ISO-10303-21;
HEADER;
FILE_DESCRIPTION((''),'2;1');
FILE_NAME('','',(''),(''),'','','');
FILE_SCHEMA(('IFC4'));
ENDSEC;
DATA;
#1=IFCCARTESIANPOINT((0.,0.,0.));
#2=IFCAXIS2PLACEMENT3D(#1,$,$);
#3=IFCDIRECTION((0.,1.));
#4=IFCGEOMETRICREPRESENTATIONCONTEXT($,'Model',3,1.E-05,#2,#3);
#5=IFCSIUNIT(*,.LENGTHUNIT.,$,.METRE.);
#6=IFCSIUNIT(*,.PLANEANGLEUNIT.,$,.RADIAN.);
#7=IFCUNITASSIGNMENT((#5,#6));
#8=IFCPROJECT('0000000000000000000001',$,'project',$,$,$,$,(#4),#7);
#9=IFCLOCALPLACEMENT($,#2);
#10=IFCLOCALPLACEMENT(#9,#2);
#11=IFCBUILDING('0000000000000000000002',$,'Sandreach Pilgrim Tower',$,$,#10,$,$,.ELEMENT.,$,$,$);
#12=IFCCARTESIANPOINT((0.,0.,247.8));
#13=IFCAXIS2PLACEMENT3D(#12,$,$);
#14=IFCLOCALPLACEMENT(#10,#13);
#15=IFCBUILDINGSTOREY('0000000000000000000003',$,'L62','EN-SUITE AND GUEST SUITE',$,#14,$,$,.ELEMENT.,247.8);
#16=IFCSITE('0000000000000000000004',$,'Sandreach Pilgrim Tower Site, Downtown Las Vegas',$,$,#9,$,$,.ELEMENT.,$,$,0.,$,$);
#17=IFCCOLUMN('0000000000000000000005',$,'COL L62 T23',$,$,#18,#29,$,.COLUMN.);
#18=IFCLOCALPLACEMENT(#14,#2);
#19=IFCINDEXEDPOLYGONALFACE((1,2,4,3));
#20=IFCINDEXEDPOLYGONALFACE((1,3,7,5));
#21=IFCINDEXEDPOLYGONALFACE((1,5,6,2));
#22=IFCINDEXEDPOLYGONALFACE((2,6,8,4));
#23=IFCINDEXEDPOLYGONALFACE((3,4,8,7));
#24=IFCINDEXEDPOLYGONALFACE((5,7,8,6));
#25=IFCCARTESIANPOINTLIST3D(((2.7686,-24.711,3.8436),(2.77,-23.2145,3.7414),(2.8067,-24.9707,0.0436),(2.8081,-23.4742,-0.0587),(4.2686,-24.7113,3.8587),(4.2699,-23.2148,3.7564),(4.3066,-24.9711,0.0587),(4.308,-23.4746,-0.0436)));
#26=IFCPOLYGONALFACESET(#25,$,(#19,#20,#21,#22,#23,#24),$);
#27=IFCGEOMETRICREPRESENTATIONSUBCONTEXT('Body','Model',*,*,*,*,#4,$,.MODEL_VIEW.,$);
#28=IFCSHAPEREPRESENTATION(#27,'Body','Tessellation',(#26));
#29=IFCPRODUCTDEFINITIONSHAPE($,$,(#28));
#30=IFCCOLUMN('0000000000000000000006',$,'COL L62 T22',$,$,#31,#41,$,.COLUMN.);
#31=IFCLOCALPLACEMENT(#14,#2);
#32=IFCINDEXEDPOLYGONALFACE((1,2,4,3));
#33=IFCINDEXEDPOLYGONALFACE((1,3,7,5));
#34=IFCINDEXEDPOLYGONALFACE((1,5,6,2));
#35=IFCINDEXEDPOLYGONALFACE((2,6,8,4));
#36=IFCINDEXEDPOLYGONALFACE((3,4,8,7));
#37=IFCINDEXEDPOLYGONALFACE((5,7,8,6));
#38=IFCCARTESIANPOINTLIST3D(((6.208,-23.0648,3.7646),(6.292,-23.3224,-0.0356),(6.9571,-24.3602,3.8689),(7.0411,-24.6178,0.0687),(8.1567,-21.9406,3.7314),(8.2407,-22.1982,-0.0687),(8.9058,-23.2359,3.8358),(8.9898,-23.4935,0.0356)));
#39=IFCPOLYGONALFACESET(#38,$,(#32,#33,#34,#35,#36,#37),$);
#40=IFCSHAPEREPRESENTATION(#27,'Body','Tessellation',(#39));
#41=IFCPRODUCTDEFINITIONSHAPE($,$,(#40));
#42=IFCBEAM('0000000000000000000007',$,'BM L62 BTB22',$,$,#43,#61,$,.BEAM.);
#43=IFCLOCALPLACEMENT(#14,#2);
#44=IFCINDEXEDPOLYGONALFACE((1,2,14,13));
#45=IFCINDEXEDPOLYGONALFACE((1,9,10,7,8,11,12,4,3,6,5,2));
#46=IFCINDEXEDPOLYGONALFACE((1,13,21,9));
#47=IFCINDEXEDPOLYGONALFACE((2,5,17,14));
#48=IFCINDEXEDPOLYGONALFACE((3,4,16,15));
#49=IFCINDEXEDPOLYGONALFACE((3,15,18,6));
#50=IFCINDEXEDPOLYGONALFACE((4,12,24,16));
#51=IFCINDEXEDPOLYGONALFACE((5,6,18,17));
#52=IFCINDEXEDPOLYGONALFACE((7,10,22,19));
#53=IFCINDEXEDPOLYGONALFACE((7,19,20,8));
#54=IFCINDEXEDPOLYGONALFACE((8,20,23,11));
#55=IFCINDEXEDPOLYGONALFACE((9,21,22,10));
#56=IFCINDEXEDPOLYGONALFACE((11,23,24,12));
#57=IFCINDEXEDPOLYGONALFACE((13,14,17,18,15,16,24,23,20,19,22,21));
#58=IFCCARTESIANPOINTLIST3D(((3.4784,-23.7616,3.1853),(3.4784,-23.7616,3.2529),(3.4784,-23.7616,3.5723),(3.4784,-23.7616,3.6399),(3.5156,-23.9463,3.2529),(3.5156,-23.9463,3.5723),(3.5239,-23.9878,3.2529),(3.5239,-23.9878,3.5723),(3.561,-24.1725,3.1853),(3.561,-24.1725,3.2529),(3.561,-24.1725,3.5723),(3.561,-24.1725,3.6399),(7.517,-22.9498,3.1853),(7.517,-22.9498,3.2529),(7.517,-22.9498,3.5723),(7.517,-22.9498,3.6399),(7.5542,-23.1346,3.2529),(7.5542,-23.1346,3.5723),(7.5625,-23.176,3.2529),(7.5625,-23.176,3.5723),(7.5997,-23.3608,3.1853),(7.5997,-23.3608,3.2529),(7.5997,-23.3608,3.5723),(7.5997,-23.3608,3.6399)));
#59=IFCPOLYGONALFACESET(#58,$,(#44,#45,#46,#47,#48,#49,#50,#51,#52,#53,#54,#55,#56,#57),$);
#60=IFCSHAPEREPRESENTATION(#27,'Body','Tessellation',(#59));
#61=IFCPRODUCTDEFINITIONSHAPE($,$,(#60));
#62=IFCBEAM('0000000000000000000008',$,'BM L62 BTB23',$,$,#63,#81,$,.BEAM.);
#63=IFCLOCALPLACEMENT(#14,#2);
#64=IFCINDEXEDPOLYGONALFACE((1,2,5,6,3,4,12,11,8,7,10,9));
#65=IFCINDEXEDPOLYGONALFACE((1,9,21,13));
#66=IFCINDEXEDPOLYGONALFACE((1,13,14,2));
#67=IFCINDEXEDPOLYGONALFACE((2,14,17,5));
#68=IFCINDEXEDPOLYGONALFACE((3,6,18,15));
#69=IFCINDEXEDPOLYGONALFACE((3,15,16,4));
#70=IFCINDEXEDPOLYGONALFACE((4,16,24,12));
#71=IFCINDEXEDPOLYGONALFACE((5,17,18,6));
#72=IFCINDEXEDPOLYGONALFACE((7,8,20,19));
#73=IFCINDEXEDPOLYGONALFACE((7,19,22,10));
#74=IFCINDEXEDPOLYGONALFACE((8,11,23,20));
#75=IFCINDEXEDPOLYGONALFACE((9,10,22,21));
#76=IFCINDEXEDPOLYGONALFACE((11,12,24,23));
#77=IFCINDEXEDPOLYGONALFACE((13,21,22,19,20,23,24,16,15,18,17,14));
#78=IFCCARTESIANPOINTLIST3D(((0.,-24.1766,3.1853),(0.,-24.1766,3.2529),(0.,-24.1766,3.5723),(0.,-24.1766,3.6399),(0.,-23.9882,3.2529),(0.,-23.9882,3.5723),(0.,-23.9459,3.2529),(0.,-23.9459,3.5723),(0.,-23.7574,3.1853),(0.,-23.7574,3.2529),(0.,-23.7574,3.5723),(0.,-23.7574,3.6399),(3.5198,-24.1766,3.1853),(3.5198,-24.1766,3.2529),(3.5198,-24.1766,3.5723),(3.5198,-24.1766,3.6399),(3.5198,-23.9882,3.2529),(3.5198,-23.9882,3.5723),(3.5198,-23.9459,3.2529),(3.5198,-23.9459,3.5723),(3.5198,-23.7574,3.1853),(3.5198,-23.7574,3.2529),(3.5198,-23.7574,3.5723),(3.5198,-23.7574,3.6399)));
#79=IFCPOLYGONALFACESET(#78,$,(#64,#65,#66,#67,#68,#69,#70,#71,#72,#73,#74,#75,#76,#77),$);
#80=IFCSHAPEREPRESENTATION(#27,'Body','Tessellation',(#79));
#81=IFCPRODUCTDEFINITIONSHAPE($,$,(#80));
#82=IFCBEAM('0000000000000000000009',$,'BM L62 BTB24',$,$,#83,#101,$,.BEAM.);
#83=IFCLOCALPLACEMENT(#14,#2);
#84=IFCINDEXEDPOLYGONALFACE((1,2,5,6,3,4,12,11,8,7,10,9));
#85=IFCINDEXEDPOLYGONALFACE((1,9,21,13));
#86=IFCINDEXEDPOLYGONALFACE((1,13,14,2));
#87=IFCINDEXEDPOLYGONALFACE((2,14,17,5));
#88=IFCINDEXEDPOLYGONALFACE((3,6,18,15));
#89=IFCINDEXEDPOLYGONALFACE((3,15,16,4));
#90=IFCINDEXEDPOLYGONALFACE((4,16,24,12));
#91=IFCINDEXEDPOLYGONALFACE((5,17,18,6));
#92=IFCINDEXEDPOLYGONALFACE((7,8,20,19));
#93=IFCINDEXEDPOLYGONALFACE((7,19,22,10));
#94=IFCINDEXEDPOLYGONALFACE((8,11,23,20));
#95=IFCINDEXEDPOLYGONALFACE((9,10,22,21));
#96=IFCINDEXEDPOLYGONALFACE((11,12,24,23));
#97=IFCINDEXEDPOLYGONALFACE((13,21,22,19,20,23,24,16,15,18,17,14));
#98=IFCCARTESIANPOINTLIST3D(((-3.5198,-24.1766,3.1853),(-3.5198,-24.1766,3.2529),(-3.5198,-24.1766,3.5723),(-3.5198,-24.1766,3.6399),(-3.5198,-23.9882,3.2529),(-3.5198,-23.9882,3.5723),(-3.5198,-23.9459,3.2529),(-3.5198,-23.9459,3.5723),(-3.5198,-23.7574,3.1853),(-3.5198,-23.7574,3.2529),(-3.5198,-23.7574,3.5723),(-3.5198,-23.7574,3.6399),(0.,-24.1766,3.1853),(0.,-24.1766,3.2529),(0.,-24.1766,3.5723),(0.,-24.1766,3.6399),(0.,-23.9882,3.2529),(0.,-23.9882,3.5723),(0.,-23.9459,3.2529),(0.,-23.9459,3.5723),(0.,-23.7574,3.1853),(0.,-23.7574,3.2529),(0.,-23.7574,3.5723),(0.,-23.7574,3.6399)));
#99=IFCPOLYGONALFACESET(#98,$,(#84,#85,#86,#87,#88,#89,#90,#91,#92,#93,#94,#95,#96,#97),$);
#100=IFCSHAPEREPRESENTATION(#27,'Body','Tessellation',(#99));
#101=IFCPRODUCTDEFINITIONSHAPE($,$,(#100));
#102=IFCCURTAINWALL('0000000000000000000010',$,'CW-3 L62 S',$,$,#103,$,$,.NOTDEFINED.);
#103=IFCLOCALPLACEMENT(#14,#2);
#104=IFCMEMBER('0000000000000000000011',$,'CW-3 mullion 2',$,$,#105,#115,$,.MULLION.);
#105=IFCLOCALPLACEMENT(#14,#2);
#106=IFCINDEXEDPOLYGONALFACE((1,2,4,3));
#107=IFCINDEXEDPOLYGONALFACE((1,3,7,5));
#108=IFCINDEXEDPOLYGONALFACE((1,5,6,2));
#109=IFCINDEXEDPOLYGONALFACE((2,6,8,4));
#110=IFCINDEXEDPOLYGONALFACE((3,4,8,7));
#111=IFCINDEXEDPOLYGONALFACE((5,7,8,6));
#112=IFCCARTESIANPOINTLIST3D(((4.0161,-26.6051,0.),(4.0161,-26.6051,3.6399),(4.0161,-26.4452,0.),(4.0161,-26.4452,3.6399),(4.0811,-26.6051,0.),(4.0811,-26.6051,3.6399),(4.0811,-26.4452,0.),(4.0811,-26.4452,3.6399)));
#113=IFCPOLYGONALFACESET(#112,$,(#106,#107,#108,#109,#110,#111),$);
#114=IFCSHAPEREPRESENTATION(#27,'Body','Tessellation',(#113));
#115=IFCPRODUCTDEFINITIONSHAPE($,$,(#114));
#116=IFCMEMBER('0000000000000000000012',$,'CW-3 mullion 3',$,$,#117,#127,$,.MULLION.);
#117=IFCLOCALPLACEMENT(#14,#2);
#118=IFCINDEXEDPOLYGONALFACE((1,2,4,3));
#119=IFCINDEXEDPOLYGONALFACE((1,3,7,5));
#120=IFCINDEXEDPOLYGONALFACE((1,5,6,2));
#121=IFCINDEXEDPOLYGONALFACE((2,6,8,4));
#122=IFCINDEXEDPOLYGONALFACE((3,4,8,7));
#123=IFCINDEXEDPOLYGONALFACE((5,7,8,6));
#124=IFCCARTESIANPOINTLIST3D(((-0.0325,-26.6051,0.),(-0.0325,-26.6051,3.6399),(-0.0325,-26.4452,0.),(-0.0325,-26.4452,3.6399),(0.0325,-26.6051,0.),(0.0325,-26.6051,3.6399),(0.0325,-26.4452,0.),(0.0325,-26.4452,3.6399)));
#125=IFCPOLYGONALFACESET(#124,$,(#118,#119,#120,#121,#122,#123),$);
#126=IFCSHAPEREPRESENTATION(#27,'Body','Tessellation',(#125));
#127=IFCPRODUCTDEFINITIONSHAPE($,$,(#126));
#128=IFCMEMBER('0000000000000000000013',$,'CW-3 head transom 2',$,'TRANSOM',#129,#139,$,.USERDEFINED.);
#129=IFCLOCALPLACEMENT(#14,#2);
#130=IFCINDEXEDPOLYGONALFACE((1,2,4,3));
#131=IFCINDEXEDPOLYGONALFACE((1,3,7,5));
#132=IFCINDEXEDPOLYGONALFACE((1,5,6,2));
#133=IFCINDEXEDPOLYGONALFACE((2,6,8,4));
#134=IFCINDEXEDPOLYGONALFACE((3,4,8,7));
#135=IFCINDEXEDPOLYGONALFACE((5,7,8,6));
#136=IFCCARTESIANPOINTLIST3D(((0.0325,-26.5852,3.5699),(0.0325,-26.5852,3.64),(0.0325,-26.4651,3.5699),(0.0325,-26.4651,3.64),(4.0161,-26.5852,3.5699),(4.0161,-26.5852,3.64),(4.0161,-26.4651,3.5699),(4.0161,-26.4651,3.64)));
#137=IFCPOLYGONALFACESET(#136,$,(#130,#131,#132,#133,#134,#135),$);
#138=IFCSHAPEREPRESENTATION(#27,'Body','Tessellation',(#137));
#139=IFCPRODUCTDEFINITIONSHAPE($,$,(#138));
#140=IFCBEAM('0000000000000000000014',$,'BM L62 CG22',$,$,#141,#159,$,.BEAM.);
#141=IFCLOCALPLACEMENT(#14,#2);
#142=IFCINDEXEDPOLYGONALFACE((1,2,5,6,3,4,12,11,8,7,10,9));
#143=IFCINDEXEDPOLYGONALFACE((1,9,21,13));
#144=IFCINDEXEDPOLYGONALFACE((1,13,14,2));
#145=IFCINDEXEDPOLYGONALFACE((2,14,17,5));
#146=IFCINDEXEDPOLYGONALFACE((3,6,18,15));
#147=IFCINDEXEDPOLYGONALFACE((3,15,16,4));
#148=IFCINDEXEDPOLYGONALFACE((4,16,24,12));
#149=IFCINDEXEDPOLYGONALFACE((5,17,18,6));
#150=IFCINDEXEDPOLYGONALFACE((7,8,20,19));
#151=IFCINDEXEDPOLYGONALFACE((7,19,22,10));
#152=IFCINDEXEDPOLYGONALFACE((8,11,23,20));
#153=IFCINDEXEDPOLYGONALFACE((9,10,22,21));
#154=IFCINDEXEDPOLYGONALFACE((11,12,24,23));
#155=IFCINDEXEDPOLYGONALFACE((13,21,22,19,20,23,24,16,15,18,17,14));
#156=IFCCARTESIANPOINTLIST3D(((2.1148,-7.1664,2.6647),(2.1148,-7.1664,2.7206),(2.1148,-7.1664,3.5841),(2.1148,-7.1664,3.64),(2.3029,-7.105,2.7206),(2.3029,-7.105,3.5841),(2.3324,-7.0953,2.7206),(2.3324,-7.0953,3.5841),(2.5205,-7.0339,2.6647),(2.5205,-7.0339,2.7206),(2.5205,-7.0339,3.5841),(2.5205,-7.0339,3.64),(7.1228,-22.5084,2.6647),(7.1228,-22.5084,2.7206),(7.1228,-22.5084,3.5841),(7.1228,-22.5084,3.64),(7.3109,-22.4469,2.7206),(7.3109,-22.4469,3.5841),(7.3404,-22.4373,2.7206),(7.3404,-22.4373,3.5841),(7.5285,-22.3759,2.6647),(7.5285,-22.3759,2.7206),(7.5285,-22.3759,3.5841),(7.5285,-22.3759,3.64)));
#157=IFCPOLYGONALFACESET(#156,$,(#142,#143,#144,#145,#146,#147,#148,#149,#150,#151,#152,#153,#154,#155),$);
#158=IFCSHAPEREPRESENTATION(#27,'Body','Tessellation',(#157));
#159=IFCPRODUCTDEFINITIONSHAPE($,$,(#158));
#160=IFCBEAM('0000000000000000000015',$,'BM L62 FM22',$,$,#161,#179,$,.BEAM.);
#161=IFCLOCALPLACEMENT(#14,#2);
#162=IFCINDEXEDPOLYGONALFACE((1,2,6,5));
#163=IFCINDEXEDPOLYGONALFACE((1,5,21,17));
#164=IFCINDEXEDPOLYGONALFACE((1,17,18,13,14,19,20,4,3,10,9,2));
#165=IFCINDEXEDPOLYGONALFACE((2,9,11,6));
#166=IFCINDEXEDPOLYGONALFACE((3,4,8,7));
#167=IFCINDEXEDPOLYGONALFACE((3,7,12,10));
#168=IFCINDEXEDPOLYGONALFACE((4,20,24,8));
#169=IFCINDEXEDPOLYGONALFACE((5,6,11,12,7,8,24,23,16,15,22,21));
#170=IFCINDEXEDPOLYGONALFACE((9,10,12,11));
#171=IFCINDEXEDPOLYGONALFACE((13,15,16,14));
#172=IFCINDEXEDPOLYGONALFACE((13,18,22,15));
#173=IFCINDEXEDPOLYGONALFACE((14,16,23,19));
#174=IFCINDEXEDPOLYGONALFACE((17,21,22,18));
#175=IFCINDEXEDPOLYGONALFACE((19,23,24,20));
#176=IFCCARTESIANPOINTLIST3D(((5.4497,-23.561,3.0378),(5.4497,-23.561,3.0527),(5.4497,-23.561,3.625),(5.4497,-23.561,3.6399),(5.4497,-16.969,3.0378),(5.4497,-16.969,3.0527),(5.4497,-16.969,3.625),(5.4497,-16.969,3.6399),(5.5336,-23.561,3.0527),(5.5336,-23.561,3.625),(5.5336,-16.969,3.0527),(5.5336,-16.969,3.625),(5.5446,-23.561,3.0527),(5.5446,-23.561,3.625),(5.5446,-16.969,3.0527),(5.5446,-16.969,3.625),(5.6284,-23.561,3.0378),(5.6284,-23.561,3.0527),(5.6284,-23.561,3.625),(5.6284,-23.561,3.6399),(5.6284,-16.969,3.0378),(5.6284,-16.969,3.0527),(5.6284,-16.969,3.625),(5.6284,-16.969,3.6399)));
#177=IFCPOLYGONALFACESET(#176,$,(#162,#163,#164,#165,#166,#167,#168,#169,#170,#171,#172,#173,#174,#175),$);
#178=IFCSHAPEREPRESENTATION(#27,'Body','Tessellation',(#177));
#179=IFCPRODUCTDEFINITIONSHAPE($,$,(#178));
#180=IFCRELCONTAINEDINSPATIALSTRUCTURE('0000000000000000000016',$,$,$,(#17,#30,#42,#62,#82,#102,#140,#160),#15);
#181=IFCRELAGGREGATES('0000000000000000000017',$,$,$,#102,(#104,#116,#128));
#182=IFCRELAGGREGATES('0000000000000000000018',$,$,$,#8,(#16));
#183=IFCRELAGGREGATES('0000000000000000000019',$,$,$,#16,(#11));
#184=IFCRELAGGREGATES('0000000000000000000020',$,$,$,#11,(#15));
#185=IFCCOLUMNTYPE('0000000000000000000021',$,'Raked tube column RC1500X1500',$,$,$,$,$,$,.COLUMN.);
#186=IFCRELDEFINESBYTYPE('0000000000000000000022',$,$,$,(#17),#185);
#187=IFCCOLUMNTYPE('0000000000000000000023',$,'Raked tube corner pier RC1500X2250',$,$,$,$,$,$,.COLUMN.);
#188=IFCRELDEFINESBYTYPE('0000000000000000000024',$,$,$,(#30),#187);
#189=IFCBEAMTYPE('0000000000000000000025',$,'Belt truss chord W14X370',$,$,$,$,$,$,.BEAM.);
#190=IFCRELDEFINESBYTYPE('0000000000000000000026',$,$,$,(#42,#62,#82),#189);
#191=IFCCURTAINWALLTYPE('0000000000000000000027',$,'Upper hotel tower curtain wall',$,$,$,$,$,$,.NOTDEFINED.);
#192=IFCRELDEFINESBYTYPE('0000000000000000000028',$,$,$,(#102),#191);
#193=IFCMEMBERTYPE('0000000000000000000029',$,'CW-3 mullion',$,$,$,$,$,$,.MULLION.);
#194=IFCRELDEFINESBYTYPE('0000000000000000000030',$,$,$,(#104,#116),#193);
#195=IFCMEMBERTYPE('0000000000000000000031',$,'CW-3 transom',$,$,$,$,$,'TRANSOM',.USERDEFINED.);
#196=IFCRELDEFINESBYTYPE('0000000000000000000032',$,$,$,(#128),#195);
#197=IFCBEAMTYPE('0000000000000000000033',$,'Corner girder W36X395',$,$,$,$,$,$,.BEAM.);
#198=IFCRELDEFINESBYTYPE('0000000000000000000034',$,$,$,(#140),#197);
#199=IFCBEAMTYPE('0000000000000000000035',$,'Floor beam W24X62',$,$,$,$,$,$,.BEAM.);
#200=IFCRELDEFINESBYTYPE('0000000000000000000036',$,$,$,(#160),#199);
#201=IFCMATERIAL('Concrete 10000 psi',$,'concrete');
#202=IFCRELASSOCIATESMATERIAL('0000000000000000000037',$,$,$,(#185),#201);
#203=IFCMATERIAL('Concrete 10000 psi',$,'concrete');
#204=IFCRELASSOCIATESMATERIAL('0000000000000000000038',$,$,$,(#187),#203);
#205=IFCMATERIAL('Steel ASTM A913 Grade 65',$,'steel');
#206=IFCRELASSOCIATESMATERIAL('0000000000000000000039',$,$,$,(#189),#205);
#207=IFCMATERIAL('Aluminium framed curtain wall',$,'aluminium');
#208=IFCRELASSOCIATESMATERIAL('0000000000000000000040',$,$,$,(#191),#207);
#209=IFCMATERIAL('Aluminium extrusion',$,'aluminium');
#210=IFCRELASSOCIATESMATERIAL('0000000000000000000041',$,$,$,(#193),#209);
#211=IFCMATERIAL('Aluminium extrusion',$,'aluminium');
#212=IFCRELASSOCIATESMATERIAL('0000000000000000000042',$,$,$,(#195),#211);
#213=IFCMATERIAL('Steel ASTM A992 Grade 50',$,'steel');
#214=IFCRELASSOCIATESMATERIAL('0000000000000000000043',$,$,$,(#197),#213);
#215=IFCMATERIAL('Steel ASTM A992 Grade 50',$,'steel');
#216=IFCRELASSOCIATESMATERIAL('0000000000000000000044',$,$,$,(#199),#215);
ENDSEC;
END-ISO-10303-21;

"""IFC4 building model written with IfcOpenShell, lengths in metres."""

from ifc_helpers import new_model, si_unit, direction, frame, origin, origin_2d, place, context, subcontext, project, spatial, rectangle, i_section, extrude, material, material_profile, profile_set, type_object, element, aggregate, save


model = new_model("IFC4")

# Units and contexts
model_context = context("Model", 3, precision=1e-05, world=origin(), true_north=direction((0.0, 1.0)))
body_context = subcontext(model_context, "Body", "Model", "MODEL_VIEW")
ifc_project = project(units=[si_unit("LENGTHUNIT", "METRE"), si_unit("PLANEANGLEUNIT", "RADIAN")], contexts=[model_context])

# Site, building, storey
site_placement = place(None, origin())
site = spatial("IfcSite", under=ifc_project, at=site_placement, Name="Sandreach Pilgrim Tower Site, Downtown Las Vegas", CompositionType="ELEMENT", RefElevation=0.0)
building_placement = place(site_placement, origin())
building = spatial("IfcBuilding", under=site, at=building_placement, Name="Sandreach Pilgrim Tower", CompositionType="ELEMENT")
storey_placement = place(building_placement, frame((0.0, 0.0, 247.8)))
storey = spatial("IfcBuildingStorey", under=building, at=storey_placement, Name="L62", Description="EN-SUITE AND GUEST SUITE", CompositionType="ELEMENT", Elevation=247.8)

# Columns
ifc_material_1 = material(Name="Concrete 10000 psi", Category="concrete")
ifc_material_profile_1 = material_profile(ifc_material_1, rectangle(XDim=1.5, YDim=1.5, at=origin_2d()), Name="RC1500X1500")
ifc_profile_set_1 = profile_set([ifc_material_profile_1], Name="Concrete 10000 psi")
column_type_1 = type_object("IfcColumnType", Name="Raked tube column RC1500X1500", PredefinedType="COLUMN", material=ifc_profile_set_1)
column_1_placement = place(storey_placement, frame((3.5574, -24.2227, 0.0), z_axis=(-0.009999, 0.068196, 0.997622), x_axis=(-0.000921, -0.997672, 0.06819)))
element("IfcColumn", 1, at=column_1_placement, inside=storey, type_object=column_type_1, Name="COL L62 T23", PredefinedType="COLUMN", context=body_context, shape_type="SweptSolid", body=[
    extrude(rectangle(XDim=1.5, YDim=1.5, at=origin_2d()), origin(), (0.0, 0.0, 1.0), 3.8091),
])
ifc_material_2 = material(Name="Concrete 10000 psi", Category="concrete")
ifc_material_profile_2 = material_profile(ifc_material_2, rectangle(XDim=1.5, YDim=2.25, at=origin_2d()), Name="RC1500X2250")
ifc_profile_set_2 = profile_set([ifc_material_profile_2], Name="Concrete 10000 psi")
column_type_2 = type_object("IfcColumnType", Name="Raked tube corner pier RC1500X2250", PredefinedType="COLUMN", material=ifc_profile_set_2)
column_2_placement = place(storey_placement, frame((7.6409, -23.408, 0.0), z_axis=(-0.022045, 0.067609, 0.997468), x_axis=(0.499393, -0.863578, 0.069571)))
element("IfcColumn", 2, at=column_2_placement, inside=storey, type_object=column_type_2, Name="COL L62 T22", PredefinedType="COLUMN", context=body_context, shape_type="SweptSolid", body=[
    extrude(rectangle(XDim=1.5, YDim=2.25, at=origin_2d()), origin(), (0.0, 0.0, 1.0), 3.8098),
])

# Beams
ifc_material_3 = material(Name="Steel ASTM A913 Grade 65", Category="steel")
ifc_material_profile_3 = material_profile(ifc_material_3, i_section(OverallWidth=0.4192, OverallDepth=0.4546, WebThickness=0.0422, FlangeThickness=0.0676, at=origin_2d()), Name="W14X370")
ifc_profile_set_3 = profile_set([ifc_material_profile_3], Name="Steel ASTM A913 Grade 65")
beam_type_1 = type_object("IfcBeamType", Name="Belt truss chord W14X370", PredefinedType="BEAM", material=ifc_profile_set_3)
beam_1_placement = place(storey_placement, frame((7.5583, -23.1553, 3.4126), z_axis=(-0.980391, -0.197062, 0.0), x_axis=(0.197062, -0.980391, 0.0)))
element("IfcBeam", 3, at=beam_1_placement, inside=storey, type_object=beam_type_1, Name="BM L62 BTB22", PredefinedType="BEAM", context=body_context, shape_type="SweptSolid", body=[
    extrude(i_section(OverallWidth=0.4192, OverallDepth=0.4546, WebThickness=0.0422, FlangeThickness=0.0676, at=origin_2d()), origin(), (0.0, 0.0, 1.0), 4.1194),
])
for number, where, z_axis, x_axis, name in (
    (4, (3.5198, -23.967, 3.4126), (-1.0, 0.0, 0.0), (0.0, -1.0, 0.0), "BM L62 BTB23"),
    (5, (0.0, -23.967, 3.4126), (-1.0, 0.0, 0.0), (0.0, -1.0, 0.0), "BM L62 BTB24"),
):
    element("IfcBeam", number, at=place(storey_placement, frame(where, z_axis=z_axis, x_axis=x_axis)), inside=storey, type_object=beam_type_1, Name=name, PredefinedType="BEAM", context=body_context, shape_type="SweptSolid", body=[
        extrude(i_section(OverallWidth=0.4192, OverallDepth=0.4546, WebThickness=0.0422, FlangeThickness=0.0676, at=origin_2d()), origin(), (0.0, 0.0, 1.0), 3.5198),
    ])

# Curtain wall, members
ifc_material_4 = material(Name="Aluminium framed curtain wall", Category="aluminium")
curtain_wall_type = type_object("IfcCurtainWallType", Name="Upper hotel tower curtain wall", PredefinedType="NOTDEFINED", material=ifc_material_4)
curtain_wall_placement = place(storey_placement, origin())
curtain_wall = element("IfcCurtainWall", 6, at=curtain_wall_placement, inside=storey, type_object=curtain_wall_type, Name="CW-3 L62 S", PredefinedType="NOTDEFINED")
ifc_material_5 = material(Name="Aluminium extrusion", Category="aluminium")
ifc_material_profile_4 = material_profile(ifc_material_5, rectangle(XDim=0.0649, YDim=0.1599, at=origin_2d()), Name="CW-3M 65X160")
ifc_profile_set_4 = profile_set([ifc_material_profile_4], Name="Aluminium extrusion")
member_type_1 = type_object("IfcMemberType", Name="CW-3 mullion", PredefinedType="MULLION", material=ifc_profile_set_4)
member_1_placement = place(storey_placement, frame((4.0486, -26.5251, 0.0), z_axis=(0.0, 0.0, 1.0), x_axis=(-1.0, 0.0, 0.0)))
member_1 = element("IfcMember", 7, at=member_1_placement, type_object=member_type_1, Name="CW-3 mullion 2", PredefinedType="MULLION", context=body_context, shape_type="SweptSolid", body=[
    extrude(rectangle(XDim=0.0649, YDim=0.1599, at=origin_2d()), origin(), (0.0, 0.0, 1.0), 3.6399),
])
member_2_placement = place(storey_placement, frame((0.0, -26.5251, 0.0), z_axis=(0.0, 0.0, 1.0), x_axis=(-1.0, 0.0, 0.0)))
member_2 = element("IfcMember", 8, at=member_2_placement, type_object=member_type_1, Name="CW-3 mullion 3", PredefinedType="MULLION", context=body_context, shape_type="SweptSolid", body=[
    extrude(rectangle(XDim=0.0649, YDim=0.1599, at=origin_2d()), origin(), (0.0, 0.0, 1.0), 3.6399),
])
ifc_material_6 = material(Name="Aluminium extrusion", Category="aluminium")
ifc_material_profile_5 = material_profile(ifc_material_6, rectangle(XDim=0.1201, YDim=0.0701, at=origin_2d()), Name="CW-3T 120X70")
ifc_profile_set_5 = profile_set([ifc_material_profile_5], Name="Aluminium extrusion")
member_type_2 = type_object("IfcMemberType", Name="CW-3 transom", ElementType="TRANSOM", PredefinedType="USERDEFINED", material=ifc_profile_set_5)
member_3_placement = place(storey_placement, frame((4.0161, -26.5251, 3.605), z_axis=(-1.0, 0.0, 0.0), x_axis=(0.0, -1.0, 0.0)))
member_3 = element("IfcMember", 9, at=member_3_placement, type_object=member_type_2, Name="CW-3 head transom 2", ObjectType="TRANSOM", PredefinedType="USERDEFINED", context=body_context, shape_type="SweptSolid", body=[
    extrude(rectangle(XDim=0.1201, YDim=0.0701, at=origin_2d()), origin(), (0.0, 0.0, 1.0), 3.9836),
])

# Beams
ifc_material_7 = material(Name="Steel ASTM A992 Grade 50", Category="steel")
ifc_material_profile_6 = material_profile(ifc_material_7, i_section(OverallWidth=0.4268, OverallDepth=0.9753, WebThickness=0.031, FlangeThickness=0.0559, at=origin_2d()), Name="W36X395")
ifc_profile_set_6 = profile_set([ifc_material_profile_6], Name="Steel ASTM A992 Grade 50")
beam_type_2 = type_object("IfcBeamType", Name="Corner girder W36X395", PredefinedType="BEAM", material=ifc_profile_set_6)
beam_2_placement = place(storey_placement, frame((7.3257, -22.4421, 3.1523), z_axis=(-0.310313, 0.950635, 0.0), x_axis=(-0.950635, -0.310313, 0.0)))
element("IfcBeam", 10, at=beam_2_placement, inside=storey, type_object=beam_type_2, Name="BM L62 CG22", PredefinedType="BEAM", context=body_context, shape_type="SweptSolid", body=[
    extrude(i_section(OverallWidth=0.4268, OverallDepth=0.9753, WebThickness=0.031, FlangeThickness=0.0559, at=origin_2d()), origin(), (0.0, 0.0, 1.0), 16.1387),
])
ifc_material_8 = material(Name="Steel ASTM A992 Grade 50", Category="steel")
ifc_material_profile_7 = material_profile(ifc_material_8, i_section(OverallWidth=0.1787, OverallDepth=0.6021, WebThickness=0.011, FlangeThickness=0.0149, at=origin_2d()), Name="W24X62")
ifc_profile_set_7 = profile_set([ifc_material_profile_7], Name="Steel ASTM A992 Grade 50")
beam_type_3 = type_object("IfcBeamType", Name="Floor beam W24X62", PredefinedType="BEAM", material=ifc_profile_set_7)
beam_3_placement = place(storey_placement, frame((5.5391, -23.561, 3.3389), z_axis=(0.0, 1.0, 0.0), x_axis=(-1.0, 0.0, 0.0)))
element("IfcBeam", 11, at=beam_3_placement, inside=storey, type_object=beam_type_3, Name="BM L62 FM22", PredefinedType="BEAM", context=body_context, shape_type="SweptSolid", body=[
    extrude(i_section(OverallWidth=0.1787, OverallDepth=0.6021, WebThickness=0.011, FlangeThickness=0.0149, at=origin_2d()), origin(), (0.0, 0.0, 1.0), 6.592),
])

aggregate(curtain_wall, [member_1, member_2, member_3])

save(model, "model.ifc")
